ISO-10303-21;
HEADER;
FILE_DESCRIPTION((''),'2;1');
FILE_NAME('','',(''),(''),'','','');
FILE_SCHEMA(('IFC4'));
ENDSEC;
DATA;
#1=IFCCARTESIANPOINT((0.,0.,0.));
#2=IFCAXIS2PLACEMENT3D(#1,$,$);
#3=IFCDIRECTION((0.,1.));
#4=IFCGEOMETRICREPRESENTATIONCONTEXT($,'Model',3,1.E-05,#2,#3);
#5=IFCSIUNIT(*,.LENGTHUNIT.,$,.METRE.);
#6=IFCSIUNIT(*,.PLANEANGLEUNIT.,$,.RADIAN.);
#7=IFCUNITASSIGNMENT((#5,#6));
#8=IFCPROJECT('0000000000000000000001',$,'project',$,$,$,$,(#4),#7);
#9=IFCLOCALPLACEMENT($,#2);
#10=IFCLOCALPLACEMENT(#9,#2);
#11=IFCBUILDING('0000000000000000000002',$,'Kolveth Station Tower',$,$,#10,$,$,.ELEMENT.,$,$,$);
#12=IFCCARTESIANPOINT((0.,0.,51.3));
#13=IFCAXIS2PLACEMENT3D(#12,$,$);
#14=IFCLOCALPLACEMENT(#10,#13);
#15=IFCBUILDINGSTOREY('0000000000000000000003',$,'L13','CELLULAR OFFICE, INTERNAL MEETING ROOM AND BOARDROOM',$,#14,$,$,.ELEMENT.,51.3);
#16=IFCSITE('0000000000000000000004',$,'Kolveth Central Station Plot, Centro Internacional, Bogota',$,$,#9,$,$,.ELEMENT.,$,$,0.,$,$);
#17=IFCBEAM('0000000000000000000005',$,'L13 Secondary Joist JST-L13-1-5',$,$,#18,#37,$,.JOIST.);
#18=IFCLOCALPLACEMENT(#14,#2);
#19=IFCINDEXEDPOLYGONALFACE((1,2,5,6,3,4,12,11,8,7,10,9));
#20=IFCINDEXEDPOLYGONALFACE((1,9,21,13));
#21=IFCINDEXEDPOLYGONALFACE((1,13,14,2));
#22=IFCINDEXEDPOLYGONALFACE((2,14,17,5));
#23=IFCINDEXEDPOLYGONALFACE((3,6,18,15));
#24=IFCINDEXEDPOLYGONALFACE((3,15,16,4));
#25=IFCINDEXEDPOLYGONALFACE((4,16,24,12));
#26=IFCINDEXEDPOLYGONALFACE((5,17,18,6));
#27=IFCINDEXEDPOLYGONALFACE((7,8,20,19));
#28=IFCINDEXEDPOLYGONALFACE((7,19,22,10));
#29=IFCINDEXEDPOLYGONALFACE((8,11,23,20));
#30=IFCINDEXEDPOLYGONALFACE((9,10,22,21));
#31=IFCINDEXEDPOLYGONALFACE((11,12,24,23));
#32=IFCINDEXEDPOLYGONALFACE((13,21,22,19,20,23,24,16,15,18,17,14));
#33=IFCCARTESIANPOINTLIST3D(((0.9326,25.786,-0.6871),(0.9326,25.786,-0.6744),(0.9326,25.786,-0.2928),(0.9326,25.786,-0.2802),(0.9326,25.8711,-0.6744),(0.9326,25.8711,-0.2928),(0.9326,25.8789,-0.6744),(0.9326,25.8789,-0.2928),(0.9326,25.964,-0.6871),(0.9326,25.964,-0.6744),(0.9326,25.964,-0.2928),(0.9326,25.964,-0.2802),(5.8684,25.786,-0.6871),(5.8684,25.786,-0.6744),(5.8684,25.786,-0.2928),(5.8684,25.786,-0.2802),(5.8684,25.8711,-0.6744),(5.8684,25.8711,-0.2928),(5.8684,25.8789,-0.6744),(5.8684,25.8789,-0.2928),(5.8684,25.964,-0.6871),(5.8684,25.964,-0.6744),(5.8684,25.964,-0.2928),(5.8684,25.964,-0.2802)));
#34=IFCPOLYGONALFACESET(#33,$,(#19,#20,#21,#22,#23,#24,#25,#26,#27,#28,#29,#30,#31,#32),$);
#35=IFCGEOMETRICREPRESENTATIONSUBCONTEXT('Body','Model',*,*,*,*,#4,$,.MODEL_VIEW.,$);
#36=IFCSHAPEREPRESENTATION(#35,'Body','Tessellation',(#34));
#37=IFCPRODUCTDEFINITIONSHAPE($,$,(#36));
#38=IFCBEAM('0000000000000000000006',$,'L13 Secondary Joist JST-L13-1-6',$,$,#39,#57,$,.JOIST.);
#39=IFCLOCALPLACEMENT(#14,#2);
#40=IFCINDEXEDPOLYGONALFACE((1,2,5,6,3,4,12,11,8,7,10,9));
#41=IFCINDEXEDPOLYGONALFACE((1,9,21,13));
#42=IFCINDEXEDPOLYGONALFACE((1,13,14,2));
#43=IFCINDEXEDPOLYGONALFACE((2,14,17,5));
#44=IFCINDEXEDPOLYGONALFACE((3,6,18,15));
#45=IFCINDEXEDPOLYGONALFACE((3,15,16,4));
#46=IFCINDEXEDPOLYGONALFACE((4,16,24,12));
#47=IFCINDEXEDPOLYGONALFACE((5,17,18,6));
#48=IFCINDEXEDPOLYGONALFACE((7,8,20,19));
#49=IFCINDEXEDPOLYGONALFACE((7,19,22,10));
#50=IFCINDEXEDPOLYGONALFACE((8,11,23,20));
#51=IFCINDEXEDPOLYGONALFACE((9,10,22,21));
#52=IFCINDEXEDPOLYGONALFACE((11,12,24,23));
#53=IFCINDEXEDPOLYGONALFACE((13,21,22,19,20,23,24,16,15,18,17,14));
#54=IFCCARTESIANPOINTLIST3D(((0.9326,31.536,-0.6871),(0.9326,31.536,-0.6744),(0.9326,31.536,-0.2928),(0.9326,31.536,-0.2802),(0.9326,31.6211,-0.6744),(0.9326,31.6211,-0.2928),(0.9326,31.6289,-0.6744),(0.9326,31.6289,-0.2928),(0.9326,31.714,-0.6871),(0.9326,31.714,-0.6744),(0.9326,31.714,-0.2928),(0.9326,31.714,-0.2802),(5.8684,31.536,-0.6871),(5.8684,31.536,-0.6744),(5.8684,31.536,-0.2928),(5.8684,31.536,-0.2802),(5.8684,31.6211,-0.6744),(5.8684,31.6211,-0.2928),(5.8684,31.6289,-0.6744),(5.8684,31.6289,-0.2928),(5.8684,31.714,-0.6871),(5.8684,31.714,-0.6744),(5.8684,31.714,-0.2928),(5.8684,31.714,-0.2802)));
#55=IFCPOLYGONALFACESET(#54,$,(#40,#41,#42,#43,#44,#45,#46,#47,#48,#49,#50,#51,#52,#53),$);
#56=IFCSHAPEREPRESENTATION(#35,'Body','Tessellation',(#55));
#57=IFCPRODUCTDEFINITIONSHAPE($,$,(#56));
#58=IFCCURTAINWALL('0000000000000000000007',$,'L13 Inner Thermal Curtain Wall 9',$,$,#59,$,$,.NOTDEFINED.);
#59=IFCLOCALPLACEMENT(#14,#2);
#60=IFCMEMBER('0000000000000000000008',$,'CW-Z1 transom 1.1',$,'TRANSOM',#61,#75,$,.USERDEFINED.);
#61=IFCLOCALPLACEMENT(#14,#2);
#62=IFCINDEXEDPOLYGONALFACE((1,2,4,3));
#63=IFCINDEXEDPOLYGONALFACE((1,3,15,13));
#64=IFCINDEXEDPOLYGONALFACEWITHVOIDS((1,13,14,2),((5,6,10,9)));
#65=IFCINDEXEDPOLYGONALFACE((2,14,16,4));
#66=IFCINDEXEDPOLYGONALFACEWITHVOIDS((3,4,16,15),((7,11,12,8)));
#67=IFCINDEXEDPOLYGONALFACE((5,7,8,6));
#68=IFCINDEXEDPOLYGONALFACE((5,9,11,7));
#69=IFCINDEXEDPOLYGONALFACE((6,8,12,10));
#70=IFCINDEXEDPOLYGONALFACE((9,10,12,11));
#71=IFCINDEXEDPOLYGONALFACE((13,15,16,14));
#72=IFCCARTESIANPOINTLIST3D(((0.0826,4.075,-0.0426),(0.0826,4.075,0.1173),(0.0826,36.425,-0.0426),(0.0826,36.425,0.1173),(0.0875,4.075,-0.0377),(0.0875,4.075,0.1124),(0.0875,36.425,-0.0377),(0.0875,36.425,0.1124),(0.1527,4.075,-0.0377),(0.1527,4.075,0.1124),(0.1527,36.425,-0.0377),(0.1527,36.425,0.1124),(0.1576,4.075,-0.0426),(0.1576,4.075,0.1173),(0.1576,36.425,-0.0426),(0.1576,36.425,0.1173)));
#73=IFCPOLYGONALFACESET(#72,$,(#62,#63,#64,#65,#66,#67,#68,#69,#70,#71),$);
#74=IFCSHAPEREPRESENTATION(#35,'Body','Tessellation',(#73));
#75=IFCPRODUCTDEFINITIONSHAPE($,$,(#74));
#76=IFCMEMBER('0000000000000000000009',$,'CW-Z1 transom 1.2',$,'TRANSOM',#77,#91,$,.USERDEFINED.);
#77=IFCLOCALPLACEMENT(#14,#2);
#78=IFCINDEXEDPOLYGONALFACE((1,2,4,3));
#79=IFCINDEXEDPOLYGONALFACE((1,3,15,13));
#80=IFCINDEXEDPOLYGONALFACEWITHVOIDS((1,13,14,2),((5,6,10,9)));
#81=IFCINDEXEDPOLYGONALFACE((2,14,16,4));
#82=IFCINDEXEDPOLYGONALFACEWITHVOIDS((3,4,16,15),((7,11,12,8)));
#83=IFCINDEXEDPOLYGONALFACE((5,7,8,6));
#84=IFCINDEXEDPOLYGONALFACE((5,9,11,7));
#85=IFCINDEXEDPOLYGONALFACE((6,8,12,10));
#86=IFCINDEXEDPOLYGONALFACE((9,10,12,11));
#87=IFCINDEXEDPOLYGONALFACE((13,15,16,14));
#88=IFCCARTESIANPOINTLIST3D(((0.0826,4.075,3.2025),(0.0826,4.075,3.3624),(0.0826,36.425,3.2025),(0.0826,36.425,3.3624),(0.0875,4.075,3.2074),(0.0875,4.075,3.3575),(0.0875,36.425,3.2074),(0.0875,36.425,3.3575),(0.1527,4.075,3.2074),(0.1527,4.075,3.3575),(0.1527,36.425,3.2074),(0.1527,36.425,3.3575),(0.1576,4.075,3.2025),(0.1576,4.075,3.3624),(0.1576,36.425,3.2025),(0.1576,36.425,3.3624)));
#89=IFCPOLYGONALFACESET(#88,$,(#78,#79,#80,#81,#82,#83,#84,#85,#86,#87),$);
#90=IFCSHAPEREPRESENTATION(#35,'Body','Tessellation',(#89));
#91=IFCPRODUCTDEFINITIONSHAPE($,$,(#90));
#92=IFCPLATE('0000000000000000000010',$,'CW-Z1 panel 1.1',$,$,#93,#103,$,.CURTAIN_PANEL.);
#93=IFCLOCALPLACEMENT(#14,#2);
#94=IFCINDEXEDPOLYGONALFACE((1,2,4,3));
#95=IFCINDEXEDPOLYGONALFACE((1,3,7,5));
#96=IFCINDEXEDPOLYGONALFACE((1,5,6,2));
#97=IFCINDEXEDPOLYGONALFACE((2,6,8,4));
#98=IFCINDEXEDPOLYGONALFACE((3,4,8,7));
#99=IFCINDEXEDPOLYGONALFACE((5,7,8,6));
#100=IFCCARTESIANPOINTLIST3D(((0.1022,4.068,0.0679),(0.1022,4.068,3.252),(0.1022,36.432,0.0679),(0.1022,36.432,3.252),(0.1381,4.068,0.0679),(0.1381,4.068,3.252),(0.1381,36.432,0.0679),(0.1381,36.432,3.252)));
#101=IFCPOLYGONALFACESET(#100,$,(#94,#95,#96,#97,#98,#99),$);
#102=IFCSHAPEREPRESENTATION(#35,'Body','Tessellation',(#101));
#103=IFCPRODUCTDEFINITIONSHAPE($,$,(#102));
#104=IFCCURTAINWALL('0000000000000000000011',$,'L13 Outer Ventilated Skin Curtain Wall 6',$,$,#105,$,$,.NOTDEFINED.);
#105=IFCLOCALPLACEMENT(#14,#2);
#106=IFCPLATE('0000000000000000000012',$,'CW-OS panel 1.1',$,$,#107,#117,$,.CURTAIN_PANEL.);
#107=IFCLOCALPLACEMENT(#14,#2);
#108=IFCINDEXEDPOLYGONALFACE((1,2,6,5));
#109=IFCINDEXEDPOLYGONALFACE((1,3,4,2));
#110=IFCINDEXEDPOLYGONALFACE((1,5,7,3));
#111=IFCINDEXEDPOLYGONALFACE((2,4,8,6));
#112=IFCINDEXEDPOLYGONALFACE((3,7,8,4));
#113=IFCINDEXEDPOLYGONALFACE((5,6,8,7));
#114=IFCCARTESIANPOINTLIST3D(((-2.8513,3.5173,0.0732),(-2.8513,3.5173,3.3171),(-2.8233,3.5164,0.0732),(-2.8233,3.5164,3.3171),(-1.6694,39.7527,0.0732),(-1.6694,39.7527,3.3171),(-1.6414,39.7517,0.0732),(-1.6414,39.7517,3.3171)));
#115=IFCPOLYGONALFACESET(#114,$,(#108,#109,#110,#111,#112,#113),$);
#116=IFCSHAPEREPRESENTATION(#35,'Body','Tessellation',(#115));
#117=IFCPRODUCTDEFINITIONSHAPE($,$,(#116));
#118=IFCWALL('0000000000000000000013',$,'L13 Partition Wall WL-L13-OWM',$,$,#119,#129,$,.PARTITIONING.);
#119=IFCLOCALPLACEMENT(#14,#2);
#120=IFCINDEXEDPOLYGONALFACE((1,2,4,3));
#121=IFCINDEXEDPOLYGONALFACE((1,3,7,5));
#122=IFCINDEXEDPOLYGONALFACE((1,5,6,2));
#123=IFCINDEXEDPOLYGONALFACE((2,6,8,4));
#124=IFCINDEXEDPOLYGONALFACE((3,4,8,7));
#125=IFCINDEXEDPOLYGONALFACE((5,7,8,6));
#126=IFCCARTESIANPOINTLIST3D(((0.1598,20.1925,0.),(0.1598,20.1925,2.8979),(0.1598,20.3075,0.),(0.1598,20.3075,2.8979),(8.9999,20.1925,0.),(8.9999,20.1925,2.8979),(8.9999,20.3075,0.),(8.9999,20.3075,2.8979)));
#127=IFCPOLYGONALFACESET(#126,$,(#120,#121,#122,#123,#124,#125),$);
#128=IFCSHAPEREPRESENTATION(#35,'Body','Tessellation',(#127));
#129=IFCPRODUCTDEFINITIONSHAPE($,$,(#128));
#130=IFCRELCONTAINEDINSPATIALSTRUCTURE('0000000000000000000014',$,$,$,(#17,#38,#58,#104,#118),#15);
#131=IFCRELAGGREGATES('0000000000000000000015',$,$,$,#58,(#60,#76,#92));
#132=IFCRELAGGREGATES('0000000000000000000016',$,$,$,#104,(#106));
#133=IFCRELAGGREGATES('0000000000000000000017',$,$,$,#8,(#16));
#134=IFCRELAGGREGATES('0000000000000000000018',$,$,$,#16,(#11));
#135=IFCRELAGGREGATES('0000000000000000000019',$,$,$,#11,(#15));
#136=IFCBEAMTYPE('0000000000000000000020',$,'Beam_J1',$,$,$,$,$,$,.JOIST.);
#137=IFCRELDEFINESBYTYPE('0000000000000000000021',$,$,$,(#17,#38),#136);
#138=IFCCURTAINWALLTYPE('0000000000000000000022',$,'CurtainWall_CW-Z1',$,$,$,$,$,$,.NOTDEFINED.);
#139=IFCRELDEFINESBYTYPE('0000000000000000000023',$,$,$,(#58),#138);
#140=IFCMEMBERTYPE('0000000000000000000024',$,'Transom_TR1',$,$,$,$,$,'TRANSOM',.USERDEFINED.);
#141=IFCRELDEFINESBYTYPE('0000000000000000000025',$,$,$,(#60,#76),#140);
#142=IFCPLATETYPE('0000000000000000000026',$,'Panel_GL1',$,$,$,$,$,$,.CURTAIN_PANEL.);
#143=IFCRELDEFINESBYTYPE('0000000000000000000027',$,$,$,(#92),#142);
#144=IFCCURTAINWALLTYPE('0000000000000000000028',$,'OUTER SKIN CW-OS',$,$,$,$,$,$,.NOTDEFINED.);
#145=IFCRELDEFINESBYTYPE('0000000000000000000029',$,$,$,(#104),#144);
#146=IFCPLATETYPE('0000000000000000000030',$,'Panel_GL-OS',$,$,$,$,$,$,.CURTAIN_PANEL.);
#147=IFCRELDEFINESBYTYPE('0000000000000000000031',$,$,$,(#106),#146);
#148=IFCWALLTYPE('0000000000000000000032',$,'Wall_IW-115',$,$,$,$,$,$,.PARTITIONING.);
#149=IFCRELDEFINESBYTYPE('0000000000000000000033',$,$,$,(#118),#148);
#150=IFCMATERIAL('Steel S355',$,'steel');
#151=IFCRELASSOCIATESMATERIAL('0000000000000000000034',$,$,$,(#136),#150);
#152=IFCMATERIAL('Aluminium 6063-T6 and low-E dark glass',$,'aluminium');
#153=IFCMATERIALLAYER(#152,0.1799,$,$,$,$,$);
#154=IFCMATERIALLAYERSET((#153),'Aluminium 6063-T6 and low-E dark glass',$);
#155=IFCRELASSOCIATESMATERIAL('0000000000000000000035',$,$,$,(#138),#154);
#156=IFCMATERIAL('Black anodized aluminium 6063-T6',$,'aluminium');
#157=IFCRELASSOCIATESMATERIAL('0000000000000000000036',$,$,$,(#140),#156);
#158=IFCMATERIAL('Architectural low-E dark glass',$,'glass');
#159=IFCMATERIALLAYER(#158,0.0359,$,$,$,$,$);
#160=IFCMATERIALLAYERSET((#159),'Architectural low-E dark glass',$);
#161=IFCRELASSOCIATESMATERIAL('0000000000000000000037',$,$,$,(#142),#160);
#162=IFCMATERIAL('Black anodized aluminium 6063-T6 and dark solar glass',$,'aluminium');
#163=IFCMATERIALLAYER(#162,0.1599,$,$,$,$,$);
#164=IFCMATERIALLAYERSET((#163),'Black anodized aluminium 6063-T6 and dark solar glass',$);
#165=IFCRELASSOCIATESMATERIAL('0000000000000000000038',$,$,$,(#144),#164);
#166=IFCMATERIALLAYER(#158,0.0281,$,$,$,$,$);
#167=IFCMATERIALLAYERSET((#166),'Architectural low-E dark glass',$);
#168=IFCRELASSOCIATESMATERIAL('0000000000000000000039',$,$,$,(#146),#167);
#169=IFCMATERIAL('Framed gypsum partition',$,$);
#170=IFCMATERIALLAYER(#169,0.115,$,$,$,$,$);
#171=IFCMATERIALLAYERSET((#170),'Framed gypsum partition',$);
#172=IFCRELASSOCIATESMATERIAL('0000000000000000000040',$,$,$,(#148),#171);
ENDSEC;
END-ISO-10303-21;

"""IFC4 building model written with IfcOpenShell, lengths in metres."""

from ifc_helpers import new_model, si_unit, direction, frame, frame_2d, origin, origin_2d, place, context, subcontext, project, spatial, rectangle, hollow_rectangle, i_section, extrude, source, transform, mapped, material, layer, layer_set, material_profile, profile_set, type_object, element, aggregate, save


model = new_model("IFC4")

# Units and contexts
model_context = context("Model", 3, precision=1e-05, world=origin(), true_north=direction((0.0, 1.0)))
body_context = subcontext(model_context, "Body", "Model", "MODEL_VIEW")
ifc_project = project(units=[si_unit("LENGTHUNIT", "METRE"), si_unit("PLANEANGLEUNIT", "RADIAN")], contexts=[model_context])

# Site, building, storey
site_placement = place(None, origin())
site = spatial("IfcSite", under=ifc_project, at=site_placement, Name="Kolveth Central Station Plot, Centro Internacional, Bogota", CompositionType="ELEMENT", RefElevation=0.0)
building_placement = place(site_placement, origin())
building = spatial("IfcBuilding", under=site, at=building_placement, Name="Kolveth Station Tower", CompositionType="ELEMENT")
storey_placement = place(building_placement, frame((0.0, 0.0, 51.3)))
storey = spatial("IfcBuildingStorey", under=building, at=storey_placement, Name="L13", Description="CELLULAR OFFICE, INTERNAL MEETING ROOM AND BOARDROOM", CompositionType="ELEMENT", Elevation=51.3)

# Shared definitions
ifc_material_1 = material(Name="Steel S355", Category="steel")

# Beams
ifc_material_profile_1 = material_profile(ifc_material_1, i_section(OverallWidth=0.178, OverallDepth=0.407, WebThickness=0.0078, FlangeThickness=0.0127, at=origin_2d()), Name="W410x60")
ifc_profile_set_1 = profile_set([ifc_material_profile_1], Name="Steel S355")
beam_type_1 = type_object("IfcBeamType", Name="Beam_J1", PredefinedType="JOIST", material=ifc_profile_set_1)
shared_shape_1 = source(origin(), body_context, "Body", "SweptSolid", [
    extrude(i_section(OverallWidth=0.178, OverallDepth=0.407, WebThickness=0.0078, FlangeThickness=0.0127, at=origin_2d()), origin(), (0.0, 0.0, 1.0), 4.9358),
])
for number, where, z_axis, x_axis, name in (
    (1, (0.9326, 25.875, -0.4836), (1.0, 0.0, 0.0), (0.0, 1.0, 0.0), "L13 Secondary Joist JST-L13-1-5"),
    (2, (0.9326, 31.625, -0.4836), (1.0, 0.0, 0.0), (0.0, 1.0, 0.0), "L13 Secondary Joist JST-L13-1-6"),
):
    element("IfcBeam", number, at=place(storey_placement, frame(where, z_axis=z_axis, x_axis=x_axis)), inside=storey, type_object=beam_type_1, Name=name, PredefinedType="JOIST", context=body_context, shape_type="MappedRepresentation", body=[
        mapped(shared_shape_1, transform((0.0, 0.0, 0.0), x_axis=(1.0, 0.0, 0.0), y_axis=(0.0, 1.0, 0.0), z_axis=(0.0, 0.0, 1.0), scale=1.0)),
    ])

# Curtain wall, members, plate
ifc_material_2 = material(Name="Aluminium 6063-T6 and low-E dark glass", Category="aluminium")
ifc_layer_1 = layer(ifc_material_2, 0.1799)
ifc_layer_set_1 = layer_set([ifc_layer_1], Name="Aluminium 6063-T6 and low-E dark glass")
curtain_wall_type_1 = type_object("IfcCurtainWallType", Name="CurtainWall_CW-Z1", PredefinedType="NOTDEFINED", material=ifc_layer_set_1)
curtain_wall_1_placement = place(storey_placement, origin())
curtain_wall_1 = element("IfcCurtainWall", 3, at=curtain_wall_1_placement, inside=storey, type_object=curtain_wall_type_1, Name="L13 Inner Thermal Curtain Wall 9", PredefinedType="NOTDEFINED")
ifc_material_3 = material(Name="Black anodized aluminium 6063-T6", Category="aluminium")
ifc_material_profile_2 = material_profile(ifc_material_3, hollow_rectangle(XDim=0.075, YDim=0.1599, WallThickness=0.0049, at=origin_2d()), Name="ALU-75x160x5")
ifc_profile_set_2 = profile_set([ifc_material_profile_2], Name="Black anodized aluminium 6063-T6")
member_type = type_object("IfcMemberType", Name="Transom_TR1", ElementType="TRANSOM", PredefinedType="USERDEFINED", material=ifc_profile_set_2)
shared_shape_2 = source(origin(), body_context, "Body", "SweptSolid", [
    extrude(hollow_rectangle(XDim=0.075, YDim=0.1599, WallThickness=0.0049, at=origin_2d()), origin(), (0.0, 0.0, 1.0), 32.3501),
])
member_1_placement = place(storey_placement, frame((0.1201, 36.425, 0.0374), z_axis=(0.0, -1.0, 0.0), x_axis=(1.0, 0.0, 0.0)))
member_1 = element("IfcMember", 4, at=member_1_placement, type_object=member_type, Name="CW-Z1 transom 1.1", ObjectType="TRANSOM", PredefinedType="USERDEFINED", context=body_context, shape_type="MappedRepresentation", body=[
    mapped(shared_shape_2, transform((0.0, 0.0, 0.0), x_axis=(1.0, 0.0, 0.0), y_axis=(0.0, 1.0, 0.0), z_axis=(0.0, 0.0, 1.0), scale=1.0)),
])
member_2_placement = place(storey_placement, frame((0.1201, 36.425, 3.2825), z_axis=(0.0, -1.0, 0.0), x_axis=(1.0, 0.0, 0.0)))
member_2 = element("IfcMember", 5, at=member_2_placement, type_object=member_type, Name="CW-Z1 transom 1.2", ObjectType="TRANSOM", PredefinedType="USERDEFINED", context=body_context, shape_type="MappedRepresentation", body=[
    mapped(shared_shape_2, transform((0.0, 0.0, 0.0), x_axis=(1.0, 0.0, 0.0), y_axis=(0.0, 1.0, 0.0), z_axis=(0.0, 0.0, 1.0), scale=1.0)),
])
ifc_material_4 = material(Name="Architectural low-E dark glass", Category="glass")
ifc_layer_2 = layer(ifc_material_4, 0.0359)
ifc_layer_set_2 = layer_set([ifc_layer_2], Name="Architectural low-E dark glass")
plate_type_1 = type_object("IfcPlateType", Name="Panel_GL1", PredefinedType="CURTAIN_PANEL", material=ifc_layer_set_2)
shared_shape_3 = source(origin(), body_context, "Body", "SweptSolid", [
    extrude(rectangle(XDim=32.364, YDim=0.0359, at=origin_2d()), origin(), (0.0, 0.0, 1.0), 3.1841),
])
plate_1_placement = place(storey_placement, frame((0.1201, 20.25, 0.0679), z_axis=(0.0, 0.0, 1.0), x_axis=(0.0, -1.0, 0.0)))
plate_1 = element("IfcPlate", 6, at=plate_1_placement, type_object=plate_type_1, Name="CW-Z1 panel 1.1", PredefinedType="CURTAIN_PANEL", context=body_context, shape_type="MappedRepresentation", body=[
    mapped(shared_shape_3, transform((0.0, 0.0, 0.0), x_axis=(1.0, 0.0, 0.0), y_axis=(0.0, 1.0, 0.0), z_axis=(0.0, 0.0, 1.0), scale=1.0)),
])
aggregate(curtain_wall_1, [member_1, member_2, plate_1])

# Curtain wall, plate
ifc_material_5 = material(Name="Black anodized aluminium 6063-T6 and dark solar glass", Category="aluminium")
ifc_layer_3 = layer(ifc_material_5, 0.1599)
ifc_layer_set_3 = layer_set([ifc_layer_3], Name="Black anodized aluminium 6063-T6 and dark solar glass")
curtain_wall_type_2 = type_object("IfcCurtainWallType", Name="OUTER SKIN CW-OS", PredefinedType="NOTDEFINED", material=ifc_layer_set_3)
curtain_wall_2_placement = place(storey_placement, origin())
curtain_wall_2 = element("IfcCurtainWall", 7, at=curtain_wall_2_placement, inside=storey, type_object=curtain_wall_type_2, Name="L13 Outer Ventilated Skin Curtain Wall 6", PredefinedType="NOTDEFINED")
ifc_layer_4 = layer(ifc_material_4, 0.0281)
ifc_layer_set_4 = layer_set([ifc_layer_4], Name="Architectural low-E dark glass")
plate_type_2 = type_object("IfcPlateType", Name="Panel_GL-OS", PredefinedType="CURTAIN_PANEL", material=ifc_layer_set_4)
shared_shape_4 = source(origin(), body_context, "Body", "SweptSolid", [
    extrude(rectangle(XDim=36.2546, YDim=0.0281, at=origin_2d()), origin(), (0.0, 0.0, 1.0), 3.2439),
])
plate_2_placement = place(storey_placement, frame((-2.2463, 21.6345, 0.0732), z_axis=(0.0, 0.0, 1.0), x_axis=(-0.0326, -0.999468, 0.0)))
plate_2 = element("IfcPlate", 8, at=plate_2_placement, type_object=plate_type_2, Name="CW-OS panel 1.1", PredefinedType="CURTAIN_PANEL", context=body_context, shape_type="MappedRepresentation", body=[
    mapped(shared_shape_4, transform((0.0, 0.0, 0.0), x_axis=(1.0, 0.0, 0.0), y_axis=(0.0, 1.0, 0.0), z_axis=(0.0, 0.0, 1.0), scale=1.0)),
])
aggregate(curtain_wall_2, [plate_2])

# Wall
ifc_material_6 = material(Name="Framed gypsum partition")
ifc_layer_5 = layer(ifc_material_6, 0.115)
ifc_layer_set_5 = layer_set([ifc_layer_5], Name="Framed gypsum partition")
wall_type = type_object("IfcWallType", Name="Wall_IW-115", PredefinedType="PARTITIONING", material=ifc_layer_set_5)
wall_placement = place(storey_placement, frame((0.1599, 20.25, 0.0), z_axis=(0.0, 0.0, 1.0), x_axis=(1.0, 0.0, 0.0)))
element("IfcWall", 9, at=wall_placement, inside=storey, type_object=wall_type, Name="L13 Partition Wall WL-L13-OWM", PredefinedType="PARTITIONING", context=body_context, shape_type="SweptSolid", body=[
    extrude(rectangle(XDim=8.8401, YDim=0.115, at=frame_2d((4.4199, 0.0))), origin(), (0.0, 0.0, 1.0), 2.8979),
])

save(model, "model.ifc")
